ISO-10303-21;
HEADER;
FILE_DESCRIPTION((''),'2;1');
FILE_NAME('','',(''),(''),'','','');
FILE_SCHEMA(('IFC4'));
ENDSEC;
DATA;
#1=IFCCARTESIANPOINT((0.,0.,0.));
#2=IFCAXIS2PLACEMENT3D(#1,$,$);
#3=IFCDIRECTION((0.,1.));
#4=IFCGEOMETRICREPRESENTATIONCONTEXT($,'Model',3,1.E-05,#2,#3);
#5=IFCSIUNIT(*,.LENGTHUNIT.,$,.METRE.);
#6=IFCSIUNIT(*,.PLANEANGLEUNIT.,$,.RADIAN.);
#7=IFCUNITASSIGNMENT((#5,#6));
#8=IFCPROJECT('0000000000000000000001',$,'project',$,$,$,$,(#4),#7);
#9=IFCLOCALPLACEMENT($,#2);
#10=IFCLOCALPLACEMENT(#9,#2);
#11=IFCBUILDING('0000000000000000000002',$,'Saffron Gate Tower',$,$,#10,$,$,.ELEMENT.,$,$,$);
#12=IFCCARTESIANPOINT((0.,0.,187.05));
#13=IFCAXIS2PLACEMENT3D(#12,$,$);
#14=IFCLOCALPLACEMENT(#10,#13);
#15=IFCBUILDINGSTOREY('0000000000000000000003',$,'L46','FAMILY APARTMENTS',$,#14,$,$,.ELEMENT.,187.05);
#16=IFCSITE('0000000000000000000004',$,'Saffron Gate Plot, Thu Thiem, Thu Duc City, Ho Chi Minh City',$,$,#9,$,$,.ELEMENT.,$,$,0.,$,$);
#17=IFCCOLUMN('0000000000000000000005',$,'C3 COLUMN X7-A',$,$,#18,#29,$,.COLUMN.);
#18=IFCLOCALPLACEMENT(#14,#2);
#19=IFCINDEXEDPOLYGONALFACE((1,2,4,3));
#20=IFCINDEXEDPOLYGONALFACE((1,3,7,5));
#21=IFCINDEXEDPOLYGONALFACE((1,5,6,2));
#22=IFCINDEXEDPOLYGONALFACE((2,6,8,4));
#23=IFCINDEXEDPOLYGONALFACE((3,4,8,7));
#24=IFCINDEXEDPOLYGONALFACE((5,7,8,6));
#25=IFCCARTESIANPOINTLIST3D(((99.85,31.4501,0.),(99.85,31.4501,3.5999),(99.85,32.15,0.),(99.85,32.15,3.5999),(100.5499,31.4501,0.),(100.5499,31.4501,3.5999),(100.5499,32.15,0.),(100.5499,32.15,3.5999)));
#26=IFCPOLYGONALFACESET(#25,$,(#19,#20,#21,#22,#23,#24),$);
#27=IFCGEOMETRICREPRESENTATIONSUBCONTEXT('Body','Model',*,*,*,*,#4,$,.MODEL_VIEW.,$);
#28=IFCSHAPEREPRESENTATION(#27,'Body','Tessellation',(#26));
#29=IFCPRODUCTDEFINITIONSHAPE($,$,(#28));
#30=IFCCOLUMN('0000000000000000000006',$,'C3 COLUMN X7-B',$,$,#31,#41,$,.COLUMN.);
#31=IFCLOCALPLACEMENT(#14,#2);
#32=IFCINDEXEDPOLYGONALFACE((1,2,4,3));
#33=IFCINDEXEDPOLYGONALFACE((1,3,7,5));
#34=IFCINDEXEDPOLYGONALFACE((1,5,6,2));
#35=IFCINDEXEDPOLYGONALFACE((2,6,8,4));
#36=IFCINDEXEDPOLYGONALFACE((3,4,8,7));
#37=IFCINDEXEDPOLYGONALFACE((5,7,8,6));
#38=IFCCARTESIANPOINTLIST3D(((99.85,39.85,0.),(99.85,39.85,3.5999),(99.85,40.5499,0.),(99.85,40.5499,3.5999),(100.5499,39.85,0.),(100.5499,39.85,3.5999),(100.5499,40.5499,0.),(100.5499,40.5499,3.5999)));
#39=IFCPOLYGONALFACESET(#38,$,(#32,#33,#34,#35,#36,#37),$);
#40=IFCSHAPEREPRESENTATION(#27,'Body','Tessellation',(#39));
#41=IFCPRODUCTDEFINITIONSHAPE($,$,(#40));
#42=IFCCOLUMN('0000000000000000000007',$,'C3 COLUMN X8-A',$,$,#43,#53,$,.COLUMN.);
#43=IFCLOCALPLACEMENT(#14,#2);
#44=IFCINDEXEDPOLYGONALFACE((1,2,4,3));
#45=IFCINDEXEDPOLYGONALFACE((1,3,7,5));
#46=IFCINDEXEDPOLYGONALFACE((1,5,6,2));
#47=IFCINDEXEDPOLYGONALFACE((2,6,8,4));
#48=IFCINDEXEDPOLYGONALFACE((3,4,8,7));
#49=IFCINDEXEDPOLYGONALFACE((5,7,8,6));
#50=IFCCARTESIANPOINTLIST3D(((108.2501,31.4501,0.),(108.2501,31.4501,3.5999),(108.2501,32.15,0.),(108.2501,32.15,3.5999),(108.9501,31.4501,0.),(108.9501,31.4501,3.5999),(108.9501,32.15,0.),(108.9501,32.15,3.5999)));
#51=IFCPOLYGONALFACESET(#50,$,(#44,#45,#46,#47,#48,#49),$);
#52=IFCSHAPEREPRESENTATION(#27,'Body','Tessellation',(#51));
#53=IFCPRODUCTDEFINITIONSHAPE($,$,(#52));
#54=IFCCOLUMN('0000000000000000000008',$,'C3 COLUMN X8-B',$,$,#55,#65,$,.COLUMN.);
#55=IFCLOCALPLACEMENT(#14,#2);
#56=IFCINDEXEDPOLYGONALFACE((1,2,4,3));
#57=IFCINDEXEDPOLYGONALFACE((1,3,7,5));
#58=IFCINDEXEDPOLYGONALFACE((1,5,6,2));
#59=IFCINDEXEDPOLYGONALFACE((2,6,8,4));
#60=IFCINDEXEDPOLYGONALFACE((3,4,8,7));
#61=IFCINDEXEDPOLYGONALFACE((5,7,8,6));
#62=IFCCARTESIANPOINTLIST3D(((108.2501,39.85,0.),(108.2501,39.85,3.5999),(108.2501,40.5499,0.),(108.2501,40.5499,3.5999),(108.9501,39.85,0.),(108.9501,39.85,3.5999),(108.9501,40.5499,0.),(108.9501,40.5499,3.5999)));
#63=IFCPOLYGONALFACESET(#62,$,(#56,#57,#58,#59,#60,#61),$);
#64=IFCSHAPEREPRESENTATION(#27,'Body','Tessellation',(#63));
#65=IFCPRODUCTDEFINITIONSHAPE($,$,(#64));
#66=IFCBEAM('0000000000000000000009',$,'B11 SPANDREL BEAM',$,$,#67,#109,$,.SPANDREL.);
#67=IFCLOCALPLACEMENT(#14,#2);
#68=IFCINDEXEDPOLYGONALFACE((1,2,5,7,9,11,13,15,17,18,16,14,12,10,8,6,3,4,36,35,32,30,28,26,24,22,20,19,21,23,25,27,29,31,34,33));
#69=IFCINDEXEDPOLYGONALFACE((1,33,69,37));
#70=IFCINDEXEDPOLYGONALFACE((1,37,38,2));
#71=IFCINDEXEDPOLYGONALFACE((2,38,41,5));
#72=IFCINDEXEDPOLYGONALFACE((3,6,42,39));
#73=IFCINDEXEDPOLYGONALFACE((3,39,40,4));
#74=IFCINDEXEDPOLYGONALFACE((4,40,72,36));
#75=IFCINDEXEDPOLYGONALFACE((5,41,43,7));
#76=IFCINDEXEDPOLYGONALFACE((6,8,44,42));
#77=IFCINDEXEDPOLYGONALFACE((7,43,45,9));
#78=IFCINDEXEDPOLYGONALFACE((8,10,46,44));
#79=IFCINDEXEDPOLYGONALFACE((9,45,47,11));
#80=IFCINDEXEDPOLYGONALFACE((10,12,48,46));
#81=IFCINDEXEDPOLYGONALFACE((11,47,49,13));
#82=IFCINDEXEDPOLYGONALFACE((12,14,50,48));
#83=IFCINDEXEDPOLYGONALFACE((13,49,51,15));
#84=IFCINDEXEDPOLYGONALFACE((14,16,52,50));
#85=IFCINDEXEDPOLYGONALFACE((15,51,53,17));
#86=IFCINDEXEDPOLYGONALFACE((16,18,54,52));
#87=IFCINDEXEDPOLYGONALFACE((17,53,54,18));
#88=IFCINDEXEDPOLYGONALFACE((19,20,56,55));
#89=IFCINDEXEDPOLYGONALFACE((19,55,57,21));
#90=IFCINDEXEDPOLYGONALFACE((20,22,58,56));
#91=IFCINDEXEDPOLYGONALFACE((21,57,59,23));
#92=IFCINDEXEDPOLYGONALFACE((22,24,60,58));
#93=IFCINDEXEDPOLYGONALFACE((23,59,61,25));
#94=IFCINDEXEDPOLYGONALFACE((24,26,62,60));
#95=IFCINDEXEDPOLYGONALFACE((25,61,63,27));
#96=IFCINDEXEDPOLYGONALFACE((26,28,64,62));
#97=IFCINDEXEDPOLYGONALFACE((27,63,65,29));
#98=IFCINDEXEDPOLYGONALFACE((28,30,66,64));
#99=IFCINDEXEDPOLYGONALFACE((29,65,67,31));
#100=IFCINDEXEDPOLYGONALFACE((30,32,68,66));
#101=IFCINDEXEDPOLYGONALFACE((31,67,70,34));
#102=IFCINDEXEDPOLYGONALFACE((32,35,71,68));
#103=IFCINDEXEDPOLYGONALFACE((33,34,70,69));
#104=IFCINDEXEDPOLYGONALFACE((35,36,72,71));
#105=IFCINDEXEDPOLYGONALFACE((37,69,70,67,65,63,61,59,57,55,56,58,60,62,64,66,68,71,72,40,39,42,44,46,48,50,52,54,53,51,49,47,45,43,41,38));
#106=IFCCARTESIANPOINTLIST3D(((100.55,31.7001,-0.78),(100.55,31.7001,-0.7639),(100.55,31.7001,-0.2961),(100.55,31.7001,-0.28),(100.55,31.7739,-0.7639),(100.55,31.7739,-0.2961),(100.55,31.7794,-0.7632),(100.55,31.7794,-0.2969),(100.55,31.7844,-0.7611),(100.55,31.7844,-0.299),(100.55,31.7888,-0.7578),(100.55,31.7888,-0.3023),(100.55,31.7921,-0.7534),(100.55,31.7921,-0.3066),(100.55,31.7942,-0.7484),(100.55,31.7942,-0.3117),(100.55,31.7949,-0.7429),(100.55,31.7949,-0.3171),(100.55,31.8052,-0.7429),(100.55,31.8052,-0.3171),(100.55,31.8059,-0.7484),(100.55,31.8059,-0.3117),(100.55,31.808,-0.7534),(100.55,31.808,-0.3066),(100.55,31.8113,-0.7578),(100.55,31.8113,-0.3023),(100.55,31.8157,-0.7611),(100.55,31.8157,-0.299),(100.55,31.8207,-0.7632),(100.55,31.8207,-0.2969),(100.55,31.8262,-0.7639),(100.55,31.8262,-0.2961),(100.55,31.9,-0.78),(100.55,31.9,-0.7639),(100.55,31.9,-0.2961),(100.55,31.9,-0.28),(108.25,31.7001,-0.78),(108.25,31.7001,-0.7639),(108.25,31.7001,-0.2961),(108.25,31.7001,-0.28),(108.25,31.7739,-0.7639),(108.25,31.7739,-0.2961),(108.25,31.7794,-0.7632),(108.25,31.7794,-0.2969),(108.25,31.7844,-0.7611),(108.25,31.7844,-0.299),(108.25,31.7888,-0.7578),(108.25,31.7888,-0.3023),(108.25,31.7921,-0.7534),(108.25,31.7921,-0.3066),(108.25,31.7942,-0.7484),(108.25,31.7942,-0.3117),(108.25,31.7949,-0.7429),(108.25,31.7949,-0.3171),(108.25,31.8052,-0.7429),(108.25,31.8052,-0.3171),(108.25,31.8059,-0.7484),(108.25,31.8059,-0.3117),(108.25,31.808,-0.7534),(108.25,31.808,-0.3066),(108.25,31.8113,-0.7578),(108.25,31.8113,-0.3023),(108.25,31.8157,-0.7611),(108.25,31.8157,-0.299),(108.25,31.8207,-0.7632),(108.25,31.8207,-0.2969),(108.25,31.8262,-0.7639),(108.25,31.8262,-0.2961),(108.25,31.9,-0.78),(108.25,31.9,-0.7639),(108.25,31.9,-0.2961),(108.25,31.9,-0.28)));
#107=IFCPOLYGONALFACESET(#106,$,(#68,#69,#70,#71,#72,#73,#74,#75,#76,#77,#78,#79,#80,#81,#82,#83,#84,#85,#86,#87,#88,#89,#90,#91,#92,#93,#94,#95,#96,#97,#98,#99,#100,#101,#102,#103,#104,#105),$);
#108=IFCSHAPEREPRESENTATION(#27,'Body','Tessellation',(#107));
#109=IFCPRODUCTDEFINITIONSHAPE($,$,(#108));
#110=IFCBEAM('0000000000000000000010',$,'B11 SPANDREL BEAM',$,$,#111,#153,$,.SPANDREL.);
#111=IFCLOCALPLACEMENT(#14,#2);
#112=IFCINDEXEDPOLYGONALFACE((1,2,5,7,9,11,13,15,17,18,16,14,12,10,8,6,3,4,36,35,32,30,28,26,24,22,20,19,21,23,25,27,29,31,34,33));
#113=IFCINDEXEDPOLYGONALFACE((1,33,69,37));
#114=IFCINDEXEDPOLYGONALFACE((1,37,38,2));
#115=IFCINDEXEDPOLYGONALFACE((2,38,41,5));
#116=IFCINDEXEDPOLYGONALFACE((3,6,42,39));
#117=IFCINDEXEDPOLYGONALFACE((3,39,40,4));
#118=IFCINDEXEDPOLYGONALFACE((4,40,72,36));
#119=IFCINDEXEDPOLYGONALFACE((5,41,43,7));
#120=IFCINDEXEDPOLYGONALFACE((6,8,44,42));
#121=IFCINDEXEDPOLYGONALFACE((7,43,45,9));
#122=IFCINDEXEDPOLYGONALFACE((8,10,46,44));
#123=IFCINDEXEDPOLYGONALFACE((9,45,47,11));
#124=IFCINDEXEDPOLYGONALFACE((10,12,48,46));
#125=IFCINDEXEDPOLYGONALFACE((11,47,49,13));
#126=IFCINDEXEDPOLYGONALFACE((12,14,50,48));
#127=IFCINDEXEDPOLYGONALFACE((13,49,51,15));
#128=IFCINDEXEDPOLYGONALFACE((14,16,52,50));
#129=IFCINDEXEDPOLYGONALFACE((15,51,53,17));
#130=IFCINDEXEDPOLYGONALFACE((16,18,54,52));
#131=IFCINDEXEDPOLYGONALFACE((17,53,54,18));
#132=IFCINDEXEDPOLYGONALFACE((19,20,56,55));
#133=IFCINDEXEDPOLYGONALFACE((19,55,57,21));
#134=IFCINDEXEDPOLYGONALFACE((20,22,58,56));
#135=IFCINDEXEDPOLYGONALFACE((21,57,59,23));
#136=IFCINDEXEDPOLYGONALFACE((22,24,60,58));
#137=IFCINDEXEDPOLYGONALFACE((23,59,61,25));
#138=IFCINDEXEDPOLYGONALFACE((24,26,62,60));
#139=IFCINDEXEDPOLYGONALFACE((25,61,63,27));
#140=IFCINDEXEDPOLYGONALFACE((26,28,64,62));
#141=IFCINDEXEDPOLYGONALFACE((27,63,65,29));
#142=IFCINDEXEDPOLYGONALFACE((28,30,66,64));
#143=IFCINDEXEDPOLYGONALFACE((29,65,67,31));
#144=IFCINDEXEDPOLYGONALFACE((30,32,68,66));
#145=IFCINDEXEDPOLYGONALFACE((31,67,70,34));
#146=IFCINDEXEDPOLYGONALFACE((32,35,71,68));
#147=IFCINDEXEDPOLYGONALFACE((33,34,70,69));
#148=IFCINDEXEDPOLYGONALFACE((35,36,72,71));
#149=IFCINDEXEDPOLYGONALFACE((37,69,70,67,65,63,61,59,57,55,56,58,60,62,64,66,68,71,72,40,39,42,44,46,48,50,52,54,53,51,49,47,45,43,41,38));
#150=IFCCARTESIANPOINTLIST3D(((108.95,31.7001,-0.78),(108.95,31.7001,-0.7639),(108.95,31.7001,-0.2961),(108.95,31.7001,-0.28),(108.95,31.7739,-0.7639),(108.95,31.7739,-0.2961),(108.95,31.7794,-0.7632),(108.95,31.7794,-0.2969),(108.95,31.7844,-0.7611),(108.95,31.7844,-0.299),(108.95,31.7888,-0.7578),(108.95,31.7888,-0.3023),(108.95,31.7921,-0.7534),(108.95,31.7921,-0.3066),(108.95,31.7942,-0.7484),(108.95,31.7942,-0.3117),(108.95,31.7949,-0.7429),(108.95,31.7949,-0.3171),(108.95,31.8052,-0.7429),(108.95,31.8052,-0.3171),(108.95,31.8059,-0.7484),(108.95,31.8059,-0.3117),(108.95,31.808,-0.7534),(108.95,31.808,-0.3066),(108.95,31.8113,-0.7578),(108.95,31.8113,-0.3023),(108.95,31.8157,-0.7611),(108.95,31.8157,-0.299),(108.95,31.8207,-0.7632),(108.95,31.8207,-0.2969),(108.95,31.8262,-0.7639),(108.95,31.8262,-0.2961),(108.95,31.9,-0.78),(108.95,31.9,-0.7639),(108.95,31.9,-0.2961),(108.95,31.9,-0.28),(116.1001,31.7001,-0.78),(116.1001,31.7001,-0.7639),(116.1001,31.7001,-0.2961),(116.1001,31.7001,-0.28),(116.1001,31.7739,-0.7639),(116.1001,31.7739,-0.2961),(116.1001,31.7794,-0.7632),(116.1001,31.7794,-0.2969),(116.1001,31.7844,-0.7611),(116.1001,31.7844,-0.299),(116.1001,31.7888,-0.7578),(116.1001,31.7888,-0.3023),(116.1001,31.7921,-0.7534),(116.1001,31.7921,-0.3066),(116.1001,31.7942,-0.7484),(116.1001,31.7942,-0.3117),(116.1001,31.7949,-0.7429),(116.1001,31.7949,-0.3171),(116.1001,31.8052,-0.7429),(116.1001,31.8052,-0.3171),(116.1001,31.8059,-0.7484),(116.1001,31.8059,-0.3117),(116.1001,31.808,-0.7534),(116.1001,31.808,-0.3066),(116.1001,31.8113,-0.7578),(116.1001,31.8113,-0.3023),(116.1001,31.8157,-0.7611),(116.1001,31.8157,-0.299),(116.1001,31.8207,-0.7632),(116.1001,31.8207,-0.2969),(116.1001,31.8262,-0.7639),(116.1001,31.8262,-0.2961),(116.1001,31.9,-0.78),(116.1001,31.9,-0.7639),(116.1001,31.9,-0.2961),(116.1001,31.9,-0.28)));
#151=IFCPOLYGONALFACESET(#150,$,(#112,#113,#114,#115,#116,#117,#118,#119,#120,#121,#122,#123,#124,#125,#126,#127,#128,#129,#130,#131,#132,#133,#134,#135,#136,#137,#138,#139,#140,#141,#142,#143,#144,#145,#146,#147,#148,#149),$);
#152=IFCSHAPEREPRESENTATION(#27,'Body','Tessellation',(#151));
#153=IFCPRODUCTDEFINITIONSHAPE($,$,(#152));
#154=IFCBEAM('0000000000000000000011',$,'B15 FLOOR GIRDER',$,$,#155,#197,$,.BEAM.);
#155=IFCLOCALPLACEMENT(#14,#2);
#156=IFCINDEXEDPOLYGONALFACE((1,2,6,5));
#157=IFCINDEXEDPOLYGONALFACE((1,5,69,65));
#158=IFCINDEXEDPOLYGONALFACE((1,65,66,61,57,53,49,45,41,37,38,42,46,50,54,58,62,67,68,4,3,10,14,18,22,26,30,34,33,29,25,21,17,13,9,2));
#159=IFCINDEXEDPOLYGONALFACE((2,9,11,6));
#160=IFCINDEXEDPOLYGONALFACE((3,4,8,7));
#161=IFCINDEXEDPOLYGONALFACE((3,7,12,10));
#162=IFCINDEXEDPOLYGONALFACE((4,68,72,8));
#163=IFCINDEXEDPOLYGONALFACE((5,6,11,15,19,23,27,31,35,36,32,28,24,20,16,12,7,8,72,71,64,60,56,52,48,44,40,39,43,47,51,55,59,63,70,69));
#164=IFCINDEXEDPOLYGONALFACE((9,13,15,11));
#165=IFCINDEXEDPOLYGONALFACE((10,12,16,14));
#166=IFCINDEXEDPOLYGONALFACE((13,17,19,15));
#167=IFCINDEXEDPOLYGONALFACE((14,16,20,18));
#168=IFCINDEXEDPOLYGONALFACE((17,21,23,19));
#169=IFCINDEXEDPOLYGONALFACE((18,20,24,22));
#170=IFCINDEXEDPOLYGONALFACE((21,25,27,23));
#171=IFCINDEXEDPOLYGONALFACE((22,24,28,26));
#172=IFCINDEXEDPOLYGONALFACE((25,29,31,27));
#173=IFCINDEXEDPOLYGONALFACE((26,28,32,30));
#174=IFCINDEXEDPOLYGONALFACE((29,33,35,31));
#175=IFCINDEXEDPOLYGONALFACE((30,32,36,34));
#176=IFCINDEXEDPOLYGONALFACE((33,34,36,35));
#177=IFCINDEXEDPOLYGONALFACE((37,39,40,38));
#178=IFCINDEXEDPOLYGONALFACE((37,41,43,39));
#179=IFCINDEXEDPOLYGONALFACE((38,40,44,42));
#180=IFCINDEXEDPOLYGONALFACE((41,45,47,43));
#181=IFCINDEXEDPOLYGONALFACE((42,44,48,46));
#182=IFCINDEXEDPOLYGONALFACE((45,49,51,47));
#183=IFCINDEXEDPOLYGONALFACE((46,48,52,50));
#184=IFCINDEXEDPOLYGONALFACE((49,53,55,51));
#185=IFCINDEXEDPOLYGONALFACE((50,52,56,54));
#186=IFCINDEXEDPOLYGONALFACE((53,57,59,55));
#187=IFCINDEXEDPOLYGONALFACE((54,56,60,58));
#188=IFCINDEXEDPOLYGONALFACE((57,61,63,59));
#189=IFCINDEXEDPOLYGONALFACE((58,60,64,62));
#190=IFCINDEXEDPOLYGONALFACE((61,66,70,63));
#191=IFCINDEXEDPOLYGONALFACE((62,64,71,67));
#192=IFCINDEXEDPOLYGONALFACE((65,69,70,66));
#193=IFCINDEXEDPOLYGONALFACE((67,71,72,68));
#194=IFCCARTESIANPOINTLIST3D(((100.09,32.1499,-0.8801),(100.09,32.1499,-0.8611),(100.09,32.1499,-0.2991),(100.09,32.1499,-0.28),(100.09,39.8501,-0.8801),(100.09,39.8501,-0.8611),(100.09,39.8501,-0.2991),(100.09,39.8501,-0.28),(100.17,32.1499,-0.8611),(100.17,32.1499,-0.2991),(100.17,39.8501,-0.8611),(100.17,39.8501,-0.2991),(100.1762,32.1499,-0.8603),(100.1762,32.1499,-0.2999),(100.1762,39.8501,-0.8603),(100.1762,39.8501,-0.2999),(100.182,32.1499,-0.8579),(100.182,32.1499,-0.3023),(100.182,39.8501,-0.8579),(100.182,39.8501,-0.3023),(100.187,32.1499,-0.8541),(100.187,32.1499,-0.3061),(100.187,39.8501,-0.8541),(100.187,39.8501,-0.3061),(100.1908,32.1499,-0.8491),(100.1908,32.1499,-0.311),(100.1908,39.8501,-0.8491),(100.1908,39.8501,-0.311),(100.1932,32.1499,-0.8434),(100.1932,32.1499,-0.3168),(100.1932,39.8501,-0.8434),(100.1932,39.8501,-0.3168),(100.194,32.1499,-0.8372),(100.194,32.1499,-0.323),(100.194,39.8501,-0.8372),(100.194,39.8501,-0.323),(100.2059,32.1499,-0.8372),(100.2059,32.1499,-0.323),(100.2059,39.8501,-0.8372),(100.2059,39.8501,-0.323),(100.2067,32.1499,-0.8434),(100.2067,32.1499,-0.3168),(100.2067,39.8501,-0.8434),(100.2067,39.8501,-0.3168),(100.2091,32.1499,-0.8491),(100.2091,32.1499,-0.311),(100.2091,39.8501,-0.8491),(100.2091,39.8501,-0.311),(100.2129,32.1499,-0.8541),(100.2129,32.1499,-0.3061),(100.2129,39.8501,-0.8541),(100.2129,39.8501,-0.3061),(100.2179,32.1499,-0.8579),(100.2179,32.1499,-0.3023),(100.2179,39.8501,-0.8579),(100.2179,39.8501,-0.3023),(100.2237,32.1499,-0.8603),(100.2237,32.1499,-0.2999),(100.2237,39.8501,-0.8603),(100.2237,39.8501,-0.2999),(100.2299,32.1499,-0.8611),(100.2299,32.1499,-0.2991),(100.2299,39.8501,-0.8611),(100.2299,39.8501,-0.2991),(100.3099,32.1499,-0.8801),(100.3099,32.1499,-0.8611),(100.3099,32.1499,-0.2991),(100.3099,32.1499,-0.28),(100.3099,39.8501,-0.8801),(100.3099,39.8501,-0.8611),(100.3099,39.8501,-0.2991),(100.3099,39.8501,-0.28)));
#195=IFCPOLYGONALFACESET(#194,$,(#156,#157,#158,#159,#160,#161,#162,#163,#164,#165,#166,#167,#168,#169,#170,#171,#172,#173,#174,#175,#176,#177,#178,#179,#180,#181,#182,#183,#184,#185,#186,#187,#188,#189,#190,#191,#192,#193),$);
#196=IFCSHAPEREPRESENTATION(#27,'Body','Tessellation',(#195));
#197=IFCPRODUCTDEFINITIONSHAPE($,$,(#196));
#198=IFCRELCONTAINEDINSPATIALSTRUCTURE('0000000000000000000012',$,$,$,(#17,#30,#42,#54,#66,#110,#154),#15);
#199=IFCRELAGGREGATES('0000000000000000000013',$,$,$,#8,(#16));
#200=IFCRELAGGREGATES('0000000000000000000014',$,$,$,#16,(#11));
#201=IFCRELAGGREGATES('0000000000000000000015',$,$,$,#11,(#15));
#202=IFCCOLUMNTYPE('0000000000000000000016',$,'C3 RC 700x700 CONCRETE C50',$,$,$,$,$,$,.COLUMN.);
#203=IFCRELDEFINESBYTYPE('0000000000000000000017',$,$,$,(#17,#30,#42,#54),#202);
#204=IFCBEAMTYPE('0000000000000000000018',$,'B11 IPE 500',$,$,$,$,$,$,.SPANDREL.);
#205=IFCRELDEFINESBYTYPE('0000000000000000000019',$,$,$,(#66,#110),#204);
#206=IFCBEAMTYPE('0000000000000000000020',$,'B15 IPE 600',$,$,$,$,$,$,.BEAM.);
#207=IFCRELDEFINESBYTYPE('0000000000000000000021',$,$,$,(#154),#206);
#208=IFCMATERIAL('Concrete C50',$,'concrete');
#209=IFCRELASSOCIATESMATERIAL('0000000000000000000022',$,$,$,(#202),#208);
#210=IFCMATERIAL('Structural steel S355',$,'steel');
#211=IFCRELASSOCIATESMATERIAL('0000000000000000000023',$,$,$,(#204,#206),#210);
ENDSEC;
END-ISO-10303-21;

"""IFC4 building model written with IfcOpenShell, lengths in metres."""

from ifc_helpers import new_model, si_unit, direction, frame, origin, origin_2d, place, context, subcontext, project, spatial, rectangle, i_section, extrude, material, material_profile, profile_set, type_object, element, save


model = new_model("IFC4")

# Units and contexts
model_context = context("Model", 3, precision=1e-05, world=origin(), true_north=direction((0.0, 1.0)))
body_context = subcontext(model_context, "Body", "Model", "MODEL_VIEW")
ifc_project = project(units=[si_unit("LENGTHUNIT", "METRE"), si_unit("PLANEANGLEUNIT", "RADIAN")], contexts=[model_context])

# Site, building, storey
site_placement = place(None, origin())
site = spatial("IfcSite", under=ifc_project, at=site_placement, Name="Saffron Gate Plot, Thu Thiem, Thu Duc City, Ho Chi Minh City", CompositionType="ELEMENT", RefElevation=0.0)
building_placement = place(site_placement, origin())
building = spatial("IfcBuilding", under=site, at=building_placement, Name="Saffron Gate Tower", CompositionType="ELEMENT")
storey_placement = place(building_placement, frame((0.0, 0.0, 187.05)))
storey = spatial("IfcBuildingStorey", under=building, at=storey_placement, Name="L46", Description="FAMILY APARTMENTS", CompositionType="ELEMENT", Elevation=187.05)

# Columns
ifc_material_1 = material(Name="Concrete C50", Category="concrete")
ifc_material_profile_1 = material_profile(ifc_material_1, rectangle(XDim=0.7, YDim=0.7, at=origin_2d()))
ifc_profile_set_1 = profile_set([ifc_material_profile_1], Name="Concrete C50")
column_type = type_object("IfcColumnType", Name="C3 RC 700x700 CONCRETE C50", PredefinedType="COLUMN", material=ifc_profile_set_1)
for number, where, z_axis, x_axis, name in (
    (1, (100.2, 31.8, 0.0), (0.0, 0.0, 1.0), (1.0, 0.0, 0.0), "C3 COLUMN X7-A"),
    (2, (100.2, 40.2, 0.0), (0.0, 0.0, 1.0), (1.0, 0.0, 0.0), "C3 COLUMN X7-B"),
    (3, (108.6001, 31.8, 0.0), (0.0, 0.0, 1.0), (1.0, 0.0, 0.0), "C3 COLUMN X8-A"),
    (4, (108.6001, 40.2, 0.0), (0.0, 0.0, 1.0), (1.0, 0.0, 0.0), "C3 COLUMN X8-B"),
):
    element("IfcColumn", number, at=place(storey_placement, frame(where, z_axis=z_axis, x_axis=x_axis)), inside=storey, type_object=column_type, Name=name, PredefinedType="COLUMN", context=body_context, shape_type="SweptSolid", body=[
        extrude(rectangle(XDim=0.7, YDim=0.7, at=origin_2d()), origin(), (0.0, 0.0, 1.0), 3.5999),
    ])

# Beams
ifc_material_2 = material(Name="Structural steel S355", Category="steel")
ifc_material_profile_2 = material_profile(ifc_material_2, i_section(OverallWidth=0.2, OverallDepth=0.5, WebThickness=0.0103, FlangeThickness=0.0161, FilletRadius=0.021, at=origin_2d()))
ifc_profile_set_2 = profile_set([ifc_material_profile_2], Name="Structural steel S355")
beam_type_1 = type_object("IfcBeamType", Name="B11 IPE 500", PredefinedType="SPANDREL", material=ifc_profile_set_2)
beam_1_placement = place(storey_placement, frame((100.55, 31.8, -0.53), z_axis=(1.0, 0.0, 0.0), x_axis=(0.0, 1.0, 0.0)))
element("IfcBeam", 5, at=beam_1_placement, inside=storey, type_object=beam_type_1, Name="B11 SPANDREL BEAM", PredefinedType="SPANDREL", context=body_context, shape_type="SweptSolid", body=[
    extrude(i_section(OverallWidth=0.2, OverallDepth=0.5, WebThickness=0.0103, FlangeThickness=0.0161, FilletRadius=0.021, at=origin_2d()), origin(), (0.0, 0.0, 1.0), 7.7),
])
beam_2_placement = place(storey_placement, frame((108.95, 31.8, -0.53), z_axis=(1.0, 0.0, 0.0), x_axis=(0.0, 1.0, 0.0)))
element("IfcBeam", 6, at=beam_2_placement, inside=storey, type_object=beam_type_1, Name="B11 SPANDREL BEAM", PredefinedType="SPANDREL", context=body_context, shape_type="SweptSolid", body=[
    extrude(i_section(OverallWidth=0.2, OverallDepth=0.5, WebThickness=0.0103, FlangeThickness=0.0161, FilletRadius=0.021, at=origin_2d()), origin(), (0.0, 0.0, 1.0), 7.1501),
])
ifc_material_profile_3 = material_profile(ifc_material_2, i_section(OverallWidth=0.22, OverallDepth=0.6001, WebThickness=0.012, FlangeThickness=0.019, FilletRadius=0.0239, at=origin_2d()))
ifc_profile_set_3 = profile_set([ifc_material_profile_3], Name="Structural steel S355")
beam_type_2 = type_object("IfcBeamType", Name="B15 IPE 600", PredefinedType="BEAM", material=ifc_profile_set_3)
beam_3_placement = place(storey_placement, frame((100.2, 32.1499, -0.5801), z_axis=(0.0, 1.0, 0.0), x_axis=(-1.0, 0.0, 0.0)))
element("IfcBeam", 7, at=beam_3_placement, inside=storey, type_object=beam_type_2, Name="B15 FLOOR GIRDER", PredefinedType="BEAM", context=body_context, shape_type="SweptSolid", body=[
    extrude(i_section(OverallWidth=0.22, OverallDepth=0.6001, WebThickness=0.012, FlangeThickness=0.019, FilletRadius=0.0239, at=origin_2d()), origin(), (0.0, 0.0, 1.0), 7.7002),
])

save(model, "model.ifc")
